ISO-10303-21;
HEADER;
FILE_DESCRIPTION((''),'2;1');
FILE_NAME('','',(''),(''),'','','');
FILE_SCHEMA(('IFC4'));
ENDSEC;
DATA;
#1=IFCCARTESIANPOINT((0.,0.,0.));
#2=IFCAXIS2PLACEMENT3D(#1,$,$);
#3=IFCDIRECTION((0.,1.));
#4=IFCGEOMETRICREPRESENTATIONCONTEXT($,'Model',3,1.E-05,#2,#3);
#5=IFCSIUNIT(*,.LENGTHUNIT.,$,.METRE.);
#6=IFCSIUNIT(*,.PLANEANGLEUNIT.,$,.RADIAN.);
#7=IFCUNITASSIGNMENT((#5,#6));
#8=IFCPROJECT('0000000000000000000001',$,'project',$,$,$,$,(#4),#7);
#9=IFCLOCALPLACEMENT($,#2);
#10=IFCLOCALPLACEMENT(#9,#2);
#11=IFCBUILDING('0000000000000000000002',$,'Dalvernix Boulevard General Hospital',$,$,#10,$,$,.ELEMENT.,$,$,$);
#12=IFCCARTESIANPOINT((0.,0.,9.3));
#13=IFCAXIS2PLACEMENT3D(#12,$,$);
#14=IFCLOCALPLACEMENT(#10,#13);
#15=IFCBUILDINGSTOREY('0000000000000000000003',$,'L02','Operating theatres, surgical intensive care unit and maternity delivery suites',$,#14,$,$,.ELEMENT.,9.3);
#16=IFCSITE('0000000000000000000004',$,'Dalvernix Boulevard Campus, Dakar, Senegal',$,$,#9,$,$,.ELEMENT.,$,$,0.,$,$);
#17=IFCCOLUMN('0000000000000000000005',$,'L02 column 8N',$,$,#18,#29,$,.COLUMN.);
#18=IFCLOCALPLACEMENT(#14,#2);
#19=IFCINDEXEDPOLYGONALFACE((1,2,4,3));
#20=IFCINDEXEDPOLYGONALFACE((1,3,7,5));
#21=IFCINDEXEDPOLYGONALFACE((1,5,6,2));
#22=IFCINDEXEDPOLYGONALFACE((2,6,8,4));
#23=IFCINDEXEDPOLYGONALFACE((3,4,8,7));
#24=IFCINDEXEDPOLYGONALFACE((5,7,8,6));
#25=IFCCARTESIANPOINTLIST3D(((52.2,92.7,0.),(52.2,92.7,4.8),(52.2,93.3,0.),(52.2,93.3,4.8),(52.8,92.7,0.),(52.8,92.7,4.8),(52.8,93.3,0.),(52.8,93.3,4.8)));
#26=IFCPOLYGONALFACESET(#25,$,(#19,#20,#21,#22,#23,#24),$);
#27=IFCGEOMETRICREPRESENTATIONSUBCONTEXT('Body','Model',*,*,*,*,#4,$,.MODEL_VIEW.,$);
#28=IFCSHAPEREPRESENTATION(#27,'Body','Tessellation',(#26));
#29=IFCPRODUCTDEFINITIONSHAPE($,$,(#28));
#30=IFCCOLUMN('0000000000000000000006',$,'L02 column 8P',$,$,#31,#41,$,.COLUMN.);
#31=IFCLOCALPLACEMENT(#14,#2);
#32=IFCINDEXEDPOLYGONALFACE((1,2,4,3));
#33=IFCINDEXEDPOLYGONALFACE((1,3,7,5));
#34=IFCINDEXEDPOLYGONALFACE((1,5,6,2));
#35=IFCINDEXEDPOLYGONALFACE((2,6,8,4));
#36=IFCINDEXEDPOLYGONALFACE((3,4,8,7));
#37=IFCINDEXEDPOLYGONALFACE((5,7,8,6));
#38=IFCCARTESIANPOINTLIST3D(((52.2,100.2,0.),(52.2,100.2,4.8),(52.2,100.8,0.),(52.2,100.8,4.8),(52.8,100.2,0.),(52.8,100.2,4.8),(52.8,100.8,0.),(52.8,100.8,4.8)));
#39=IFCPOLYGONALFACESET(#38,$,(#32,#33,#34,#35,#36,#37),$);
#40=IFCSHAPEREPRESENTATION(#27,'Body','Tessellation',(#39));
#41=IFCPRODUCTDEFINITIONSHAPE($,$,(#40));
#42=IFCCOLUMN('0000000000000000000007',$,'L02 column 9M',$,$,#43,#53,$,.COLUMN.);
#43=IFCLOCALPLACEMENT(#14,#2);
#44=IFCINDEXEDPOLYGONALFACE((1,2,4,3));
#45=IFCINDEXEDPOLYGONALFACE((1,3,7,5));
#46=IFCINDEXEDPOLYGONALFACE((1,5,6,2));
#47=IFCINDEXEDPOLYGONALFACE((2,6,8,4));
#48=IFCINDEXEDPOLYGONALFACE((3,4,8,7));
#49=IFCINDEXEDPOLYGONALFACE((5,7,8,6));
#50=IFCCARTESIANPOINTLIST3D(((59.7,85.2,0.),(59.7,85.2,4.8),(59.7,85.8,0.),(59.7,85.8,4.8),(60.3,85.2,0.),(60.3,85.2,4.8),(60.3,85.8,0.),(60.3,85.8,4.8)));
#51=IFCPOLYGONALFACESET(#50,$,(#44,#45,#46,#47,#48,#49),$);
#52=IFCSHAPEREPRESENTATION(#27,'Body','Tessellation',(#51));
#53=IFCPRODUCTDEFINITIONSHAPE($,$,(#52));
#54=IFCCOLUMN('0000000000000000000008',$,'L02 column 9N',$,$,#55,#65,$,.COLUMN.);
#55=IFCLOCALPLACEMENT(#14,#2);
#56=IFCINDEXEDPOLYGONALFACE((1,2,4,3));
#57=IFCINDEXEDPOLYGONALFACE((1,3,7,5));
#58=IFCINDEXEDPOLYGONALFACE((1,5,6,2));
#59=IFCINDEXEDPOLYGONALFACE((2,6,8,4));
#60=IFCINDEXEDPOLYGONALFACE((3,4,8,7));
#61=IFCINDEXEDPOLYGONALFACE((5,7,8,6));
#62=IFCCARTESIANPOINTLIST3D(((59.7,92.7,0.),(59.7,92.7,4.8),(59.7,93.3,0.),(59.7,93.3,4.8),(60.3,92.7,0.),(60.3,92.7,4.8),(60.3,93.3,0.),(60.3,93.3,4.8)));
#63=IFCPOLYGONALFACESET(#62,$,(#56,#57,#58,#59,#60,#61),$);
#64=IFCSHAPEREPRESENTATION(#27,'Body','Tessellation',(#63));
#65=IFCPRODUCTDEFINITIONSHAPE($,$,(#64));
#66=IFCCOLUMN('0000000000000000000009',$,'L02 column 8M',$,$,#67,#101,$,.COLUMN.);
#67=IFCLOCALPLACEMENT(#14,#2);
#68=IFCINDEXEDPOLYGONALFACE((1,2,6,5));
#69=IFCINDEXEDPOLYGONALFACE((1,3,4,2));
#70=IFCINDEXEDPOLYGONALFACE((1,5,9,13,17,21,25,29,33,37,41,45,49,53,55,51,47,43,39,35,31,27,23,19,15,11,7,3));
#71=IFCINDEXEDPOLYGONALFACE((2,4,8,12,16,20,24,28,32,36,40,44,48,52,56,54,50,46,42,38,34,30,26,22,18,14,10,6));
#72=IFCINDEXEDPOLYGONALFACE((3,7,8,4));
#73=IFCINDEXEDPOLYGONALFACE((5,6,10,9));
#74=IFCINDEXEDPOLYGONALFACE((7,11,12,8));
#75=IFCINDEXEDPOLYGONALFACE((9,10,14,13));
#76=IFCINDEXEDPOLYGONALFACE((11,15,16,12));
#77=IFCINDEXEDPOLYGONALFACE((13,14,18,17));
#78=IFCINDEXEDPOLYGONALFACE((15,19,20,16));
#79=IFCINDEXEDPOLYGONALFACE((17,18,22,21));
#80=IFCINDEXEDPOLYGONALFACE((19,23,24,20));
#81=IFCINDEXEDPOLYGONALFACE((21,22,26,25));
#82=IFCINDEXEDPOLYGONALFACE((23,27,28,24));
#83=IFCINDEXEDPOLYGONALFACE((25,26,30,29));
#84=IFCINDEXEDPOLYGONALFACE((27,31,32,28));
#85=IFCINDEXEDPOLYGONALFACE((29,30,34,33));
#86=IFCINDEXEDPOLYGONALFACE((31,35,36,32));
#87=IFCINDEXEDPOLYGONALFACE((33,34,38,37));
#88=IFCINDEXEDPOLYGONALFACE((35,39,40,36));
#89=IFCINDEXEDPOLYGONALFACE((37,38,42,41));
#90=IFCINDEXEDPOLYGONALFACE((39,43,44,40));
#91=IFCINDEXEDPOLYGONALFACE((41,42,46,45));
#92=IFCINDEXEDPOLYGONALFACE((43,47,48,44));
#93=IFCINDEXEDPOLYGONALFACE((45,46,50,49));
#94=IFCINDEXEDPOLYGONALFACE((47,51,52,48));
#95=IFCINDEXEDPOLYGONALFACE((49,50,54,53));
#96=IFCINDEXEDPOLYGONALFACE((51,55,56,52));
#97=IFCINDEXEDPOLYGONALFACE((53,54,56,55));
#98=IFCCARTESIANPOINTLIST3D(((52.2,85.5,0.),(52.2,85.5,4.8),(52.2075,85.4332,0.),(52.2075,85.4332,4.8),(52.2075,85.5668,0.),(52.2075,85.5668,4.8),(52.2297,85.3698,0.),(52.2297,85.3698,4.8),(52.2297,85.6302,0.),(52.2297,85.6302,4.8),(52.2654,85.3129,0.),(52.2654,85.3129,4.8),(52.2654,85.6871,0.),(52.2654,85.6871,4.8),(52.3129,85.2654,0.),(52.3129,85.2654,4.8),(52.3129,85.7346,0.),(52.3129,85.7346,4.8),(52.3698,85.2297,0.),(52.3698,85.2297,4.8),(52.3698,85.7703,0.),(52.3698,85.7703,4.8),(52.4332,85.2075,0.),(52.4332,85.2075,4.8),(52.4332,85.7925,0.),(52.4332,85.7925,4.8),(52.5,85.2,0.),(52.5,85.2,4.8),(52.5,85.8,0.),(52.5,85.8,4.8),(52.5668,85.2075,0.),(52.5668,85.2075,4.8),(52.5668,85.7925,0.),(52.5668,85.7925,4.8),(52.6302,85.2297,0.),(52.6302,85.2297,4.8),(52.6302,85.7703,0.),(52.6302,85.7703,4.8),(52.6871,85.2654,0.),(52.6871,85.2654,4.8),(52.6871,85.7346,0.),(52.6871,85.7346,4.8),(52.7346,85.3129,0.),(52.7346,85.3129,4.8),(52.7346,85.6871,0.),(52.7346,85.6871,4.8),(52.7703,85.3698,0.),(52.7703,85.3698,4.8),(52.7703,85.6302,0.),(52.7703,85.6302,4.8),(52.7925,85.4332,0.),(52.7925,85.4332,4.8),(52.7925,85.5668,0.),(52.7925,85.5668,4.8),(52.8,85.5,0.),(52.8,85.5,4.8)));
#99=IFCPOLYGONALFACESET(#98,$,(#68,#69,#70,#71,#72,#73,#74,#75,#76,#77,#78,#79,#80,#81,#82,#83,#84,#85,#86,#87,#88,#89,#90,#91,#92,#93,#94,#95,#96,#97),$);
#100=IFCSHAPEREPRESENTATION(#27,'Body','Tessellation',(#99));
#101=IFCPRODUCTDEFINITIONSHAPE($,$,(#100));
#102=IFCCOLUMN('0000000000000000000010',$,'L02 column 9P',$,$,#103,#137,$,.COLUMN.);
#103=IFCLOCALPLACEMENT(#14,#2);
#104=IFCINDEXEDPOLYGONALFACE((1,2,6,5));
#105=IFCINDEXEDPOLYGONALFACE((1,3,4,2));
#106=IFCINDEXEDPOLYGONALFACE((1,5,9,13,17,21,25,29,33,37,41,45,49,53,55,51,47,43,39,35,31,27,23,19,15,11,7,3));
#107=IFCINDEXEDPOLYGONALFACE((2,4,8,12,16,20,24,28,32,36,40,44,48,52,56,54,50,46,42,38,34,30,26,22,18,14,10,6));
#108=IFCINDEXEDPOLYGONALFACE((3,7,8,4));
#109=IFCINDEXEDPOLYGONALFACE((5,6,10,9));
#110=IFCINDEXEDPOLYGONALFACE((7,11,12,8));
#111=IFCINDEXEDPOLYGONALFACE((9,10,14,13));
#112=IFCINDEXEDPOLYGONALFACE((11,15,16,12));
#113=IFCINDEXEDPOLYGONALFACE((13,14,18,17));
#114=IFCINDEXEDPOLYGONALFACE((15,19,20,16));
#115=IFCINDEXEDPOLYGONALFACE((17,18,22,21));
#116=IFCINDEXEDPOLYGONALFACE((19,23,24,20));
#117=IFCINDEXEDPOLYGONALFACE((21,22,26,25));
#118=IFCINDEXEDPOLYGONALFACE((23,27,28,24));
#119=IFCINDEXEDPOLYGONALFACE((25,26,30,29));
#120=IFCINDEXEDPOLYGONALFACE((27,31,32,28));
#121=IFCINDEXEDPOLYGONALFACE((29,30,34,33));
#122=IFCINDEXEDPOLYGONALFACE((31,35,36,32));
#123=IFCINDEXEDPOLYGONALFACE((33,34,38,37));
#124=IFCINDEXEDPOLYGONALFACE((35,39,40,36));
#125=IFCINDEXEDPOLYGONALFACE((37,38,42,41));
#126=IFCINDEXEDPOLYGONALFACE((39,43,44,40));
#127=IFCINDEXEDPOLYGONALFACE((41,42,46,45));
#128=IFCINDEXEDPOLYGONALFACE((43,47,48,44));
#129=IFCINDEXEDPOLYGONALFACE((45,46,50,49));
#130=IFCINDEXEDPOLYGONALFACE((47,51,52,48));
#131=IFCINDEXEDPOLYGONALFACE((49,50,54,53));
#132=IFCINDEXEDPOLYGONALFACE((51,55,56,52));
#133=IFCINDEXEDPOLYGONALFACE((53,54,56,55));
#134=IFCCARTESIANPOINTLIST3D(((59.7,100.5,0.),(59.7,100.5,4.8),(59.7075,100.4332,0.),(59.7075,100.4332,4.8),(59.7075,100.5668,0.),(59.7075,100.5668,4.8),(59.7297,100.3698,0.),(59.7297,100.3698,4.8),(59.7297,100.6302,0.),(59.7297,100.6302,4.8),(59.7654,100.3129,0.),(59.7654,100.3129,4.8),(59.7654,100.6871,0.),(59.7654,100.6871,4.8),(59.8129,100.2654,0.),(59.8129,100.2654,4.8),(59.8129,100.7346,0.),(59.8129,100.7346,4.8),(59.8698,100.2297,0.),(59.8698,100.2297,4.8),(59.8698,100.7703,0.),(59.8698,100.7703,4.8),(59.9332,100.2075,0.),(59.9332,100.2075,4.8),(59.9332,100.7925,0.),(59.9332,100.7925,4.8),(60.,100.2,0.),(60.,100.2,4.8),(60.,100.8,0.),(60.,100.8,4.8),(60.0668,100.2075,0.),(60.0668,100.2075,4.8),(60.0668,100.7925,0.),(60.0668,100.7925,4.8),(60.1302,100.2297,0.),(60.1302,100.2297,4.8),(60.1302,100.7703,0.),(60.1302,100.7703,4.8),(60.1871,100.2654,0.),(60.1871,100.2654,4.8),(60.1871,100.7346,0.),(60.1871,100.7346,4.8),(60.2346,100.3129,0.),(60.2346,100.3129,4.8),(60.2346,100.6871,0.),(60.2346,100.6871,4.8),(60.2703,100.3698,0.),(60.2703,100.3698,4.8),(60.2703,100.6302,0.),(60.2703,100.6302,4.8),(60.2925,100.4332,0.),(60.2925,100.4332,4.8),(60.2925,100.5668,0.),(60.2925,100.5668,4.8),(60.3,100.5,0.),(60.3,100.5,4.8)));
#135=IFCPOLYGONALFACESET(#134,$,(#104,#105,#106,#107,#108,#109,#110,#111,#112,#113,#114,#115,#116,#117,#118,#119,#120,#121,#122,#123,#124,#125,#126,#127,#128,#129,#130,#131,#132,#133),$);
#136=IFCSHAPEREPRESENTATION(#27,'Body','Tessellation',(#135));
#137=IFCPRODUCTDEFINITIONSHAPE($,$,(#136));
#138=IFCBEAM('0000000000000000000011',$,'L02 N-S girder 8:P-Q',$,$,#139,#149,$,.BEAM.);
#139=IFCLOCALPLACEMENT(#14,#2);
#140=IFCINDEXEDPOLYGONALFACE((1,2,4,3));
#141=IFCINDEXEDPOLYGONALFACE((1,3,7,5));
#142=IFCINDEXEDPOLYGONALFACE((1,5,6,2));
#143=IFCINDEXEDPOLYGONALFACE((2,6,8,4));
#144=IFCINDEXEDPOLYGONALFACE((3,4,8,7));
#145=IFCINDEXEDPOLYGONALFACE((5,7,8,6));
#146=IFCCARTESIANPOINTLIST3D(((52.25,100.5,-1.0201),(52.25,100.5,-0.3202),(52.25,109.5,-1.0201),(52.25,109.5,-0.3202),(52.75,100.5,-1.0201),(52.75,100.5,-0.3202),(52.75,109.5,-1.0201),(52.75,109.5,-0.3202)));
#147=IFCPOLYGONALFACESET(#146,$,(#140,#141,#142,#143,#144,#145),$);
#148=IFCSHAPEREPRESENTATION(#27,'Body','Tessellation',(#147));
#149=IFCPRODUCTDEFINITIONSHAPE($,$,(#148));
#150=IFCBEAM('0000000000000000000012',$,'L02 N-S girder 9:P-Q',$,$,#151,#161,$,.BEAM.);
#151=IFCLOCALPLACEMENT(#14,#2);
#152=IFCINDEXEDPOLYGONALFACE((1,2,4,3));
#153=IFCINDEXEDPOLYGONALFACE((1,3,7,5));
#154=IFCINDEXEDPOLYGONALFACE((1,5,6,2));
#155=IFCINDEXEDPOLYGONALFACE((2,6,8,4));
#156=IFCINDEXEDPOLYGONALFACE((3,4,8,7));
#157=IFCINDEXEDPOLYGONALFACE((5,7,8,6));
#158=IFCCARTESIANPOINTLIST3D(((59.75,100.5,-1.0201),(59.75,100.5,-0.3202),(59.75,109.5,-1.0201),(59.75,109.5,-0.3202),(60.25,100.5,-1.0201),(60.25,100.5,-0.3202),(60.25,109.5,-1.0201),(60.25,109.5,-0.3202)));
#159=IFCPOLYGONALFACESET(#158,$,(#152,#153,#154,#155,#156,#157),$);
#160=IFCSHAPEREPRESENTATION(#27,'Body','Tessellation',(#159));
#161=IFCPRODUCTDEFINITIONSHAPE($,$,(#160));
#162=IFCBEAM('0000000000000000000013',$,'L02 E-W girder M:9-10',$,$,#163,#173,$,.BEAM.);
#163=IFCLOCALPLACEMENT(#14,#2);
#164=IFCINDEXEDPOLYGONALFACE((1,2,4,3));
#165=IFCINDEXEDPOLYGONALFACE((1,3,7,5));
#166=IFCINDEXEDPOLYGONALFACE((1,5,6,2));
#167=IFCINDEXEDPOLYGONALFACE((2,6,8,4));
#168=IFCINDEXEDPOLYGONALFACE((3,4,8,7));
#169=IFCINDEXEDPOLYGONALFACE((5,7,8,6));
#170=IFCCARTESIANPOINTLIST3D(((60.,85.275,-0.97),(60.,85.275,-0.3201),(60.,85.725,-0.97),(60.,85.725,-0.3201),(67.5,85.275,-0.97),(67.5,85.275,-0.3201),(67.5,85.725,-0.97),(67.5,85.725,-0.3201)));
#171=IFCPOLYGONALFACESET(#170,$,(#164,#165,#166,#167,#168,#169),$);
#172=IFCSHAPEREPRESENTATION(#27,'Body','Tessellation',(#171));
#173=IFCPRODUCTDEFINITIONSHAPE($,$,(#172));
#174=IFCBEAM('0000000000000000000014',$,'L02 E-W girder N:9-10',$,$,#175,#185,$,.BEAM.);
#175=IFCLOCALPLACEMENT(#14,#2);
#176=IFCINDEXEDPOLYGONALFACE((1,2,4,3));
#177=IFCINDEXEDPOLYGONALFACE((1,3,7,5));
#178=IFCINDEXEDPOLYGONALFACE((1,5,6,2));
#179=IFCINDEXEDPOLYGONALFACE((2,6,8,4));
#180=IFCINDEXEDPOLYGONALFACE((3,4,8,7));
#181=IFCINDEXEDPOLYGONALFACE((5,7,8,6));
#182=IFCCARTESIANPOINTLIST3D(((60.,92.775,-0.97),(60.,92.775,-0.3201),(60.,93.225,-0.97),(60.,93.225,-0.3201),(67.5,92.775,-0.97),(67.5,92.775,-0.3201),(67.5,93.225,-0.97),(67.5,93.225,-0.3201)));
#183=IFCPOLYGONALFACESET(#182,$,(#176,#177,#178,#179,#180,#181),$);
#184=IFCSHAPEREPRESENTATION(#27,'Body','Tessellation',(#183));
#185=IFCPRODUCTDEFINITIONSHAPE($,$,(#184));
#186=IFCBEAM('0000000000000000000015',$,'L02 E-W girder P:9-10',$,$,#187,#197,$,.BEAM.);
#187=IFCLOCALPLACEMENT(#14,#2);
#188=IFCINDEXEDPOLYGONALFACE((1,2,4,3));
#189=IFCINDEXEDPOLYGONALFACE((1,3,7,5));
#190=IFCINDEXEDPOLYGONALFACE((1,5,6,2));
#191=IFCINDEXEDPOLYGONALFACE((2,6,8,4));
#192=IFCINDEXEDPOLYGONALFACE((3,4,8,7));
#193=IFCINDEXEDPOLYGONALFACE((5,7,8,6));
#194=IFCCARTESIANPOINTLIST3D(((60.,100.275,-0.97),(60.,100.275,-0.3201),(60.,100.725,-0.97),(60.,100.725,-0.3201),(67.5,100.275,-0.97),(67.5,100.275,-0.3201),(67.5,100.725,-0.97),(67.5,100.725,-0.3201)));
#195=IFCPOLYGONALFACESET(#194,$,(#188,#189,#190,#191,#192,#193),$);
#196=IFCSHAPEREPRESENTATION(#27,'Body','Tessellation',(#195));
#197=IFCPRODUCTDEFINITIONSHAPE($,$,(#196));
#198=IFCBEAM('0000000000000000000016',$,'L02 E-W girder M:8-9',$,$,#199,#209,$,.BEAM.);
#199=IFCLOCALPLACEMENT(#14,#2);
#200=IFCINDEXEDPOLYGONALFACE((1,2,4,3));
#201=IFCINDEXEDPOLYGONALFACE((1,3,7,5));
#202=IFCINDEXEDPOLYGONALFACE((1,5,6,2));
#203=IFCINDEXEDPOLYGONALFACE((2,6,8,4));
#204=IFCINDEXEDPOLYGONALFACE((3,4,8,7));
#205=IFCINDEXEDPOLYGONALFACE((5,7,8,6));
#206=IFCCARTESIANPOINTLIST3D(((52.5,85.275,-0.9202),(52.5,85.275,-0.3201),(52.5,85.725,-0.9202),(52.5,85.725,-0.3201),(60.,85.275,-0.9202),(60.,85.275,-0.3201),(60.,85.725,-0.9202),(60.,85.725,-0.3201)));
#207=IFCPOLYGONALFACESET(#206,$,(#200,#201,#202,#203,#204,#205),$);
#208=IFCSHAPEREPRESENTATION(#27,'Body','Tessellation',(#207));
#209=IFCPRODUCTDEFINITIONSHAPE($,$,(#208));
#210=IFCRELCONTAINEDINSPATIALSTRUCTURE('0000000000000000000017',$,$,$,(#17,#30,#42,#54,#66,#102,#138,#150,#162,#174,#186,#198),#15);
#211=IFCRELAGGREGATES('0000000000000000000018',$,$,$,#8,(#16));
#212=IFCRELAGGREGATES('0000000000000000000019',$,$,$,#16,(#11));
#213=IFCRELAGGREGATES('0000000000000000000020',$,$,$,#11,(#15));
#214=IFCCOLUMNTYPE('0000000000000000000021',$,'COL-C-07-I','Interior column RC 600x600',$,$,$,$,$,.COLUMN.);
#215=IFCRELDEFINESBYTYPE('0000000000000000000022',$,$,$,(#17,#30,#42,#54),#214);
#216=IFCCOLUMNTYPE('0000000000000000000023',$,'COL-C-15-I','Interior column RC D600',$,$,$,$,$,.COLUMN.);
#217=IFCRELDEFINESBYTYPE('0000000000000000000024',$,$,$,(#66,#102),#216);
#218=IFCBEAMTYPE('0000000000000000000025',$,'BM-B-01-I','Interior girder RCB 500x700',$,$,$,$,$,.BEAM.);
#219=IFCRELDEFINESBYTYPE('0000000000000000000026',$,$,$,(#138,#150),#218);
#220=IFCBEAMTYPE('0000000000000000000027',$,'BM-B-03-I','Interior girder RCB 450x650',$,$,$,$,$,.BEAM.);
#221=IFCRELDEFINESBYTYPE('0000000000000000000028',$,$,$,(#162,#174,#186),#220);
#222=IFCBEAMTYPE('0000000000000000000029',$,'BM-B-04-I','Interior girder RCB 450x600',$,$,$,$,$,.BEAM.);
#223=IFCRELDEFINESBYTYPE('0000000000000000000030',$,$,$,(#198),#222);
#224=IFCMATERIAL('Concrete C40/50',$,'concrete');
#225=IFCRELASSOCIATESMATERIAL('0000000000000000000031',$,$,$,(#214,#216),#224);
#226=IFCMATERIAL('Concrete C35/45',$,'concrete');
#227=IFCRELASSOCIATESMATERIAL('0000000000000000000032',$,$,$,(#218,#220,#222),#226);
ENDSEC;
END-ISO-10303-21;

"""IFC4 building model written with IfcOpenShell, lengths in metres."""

from ifc_helpers import new_model, si_unit, direction, frame, origin, origin_2d, place, context, subcontext, project, spatial, rectangle, circle, extrude, material, material_profile, profile_set, type_object, element, save


model = new_model("IFC4")

# Units and contexts
model_context = context("Model", 3, precision=1e-05, world=origin(), true_north=direction((0.0, 1.0)))
body_context = subcontext(model_context, "Body", "Model", "MODEL_VIEW")
ifc_project = project(units=[si_unit("LENGTHUNIT", "METRE"), si_unit("PLANEANGLEUNIT", "RADIAN")], contexts=[model_context])

# Site, building, storey
site_placement = place(None, origin())
site = spatial("IfcSite", under=ifc_project, at=site_placement, Name="Dalvernix Boulevard Campus, Dakar, Senegal", CompositionType="ELEMENT", RefElevation=0.0)
building_placement = place(site_placement, origin())
building = spatial("IfcBuilding", under=site, at=building_placement, Name="Dalvernix Boulevard General Hospital", CompositionType="ELEMENT")
storey_placement = place(building_placement, frame((0.0, 0.0, 9.3)))
storey = spatial("IfcBuildingStorey", under=building, at=storey_placement, Name="L02", Description="Operating theatres, surgical intensive care unit and maternity delivery suites", CompositionType="ELEMENT", Elevation=9.3)

# Columns
ifc_material_1 = material(Name="Concrete C40/50", Category="concrete")
ifc_material_profile_1 = material_profile(ifc_material_1, rectangle(XDim=0.6001, YDim=0.6001, at=origin_2d()), Name="RC 600x600")
ifc_profile_set_1 = profile_set([ifc_material_profile_1], Name="Concrete C40/50")
column_type_1 = type_object("IfcColumnType", Name="COL-C-07-I", Description="Interior column RC 600x600", PredefinedType="COLUMN", material=ifc_profile_set_1)
for number, where, z_axis, x_axis, name in (
    (1, (52.5, 93.0, 0.0), (0.0, 0.0, 1.0), (1.0, 0.0, 0.0), "L02 column 8N"),
    (2, (52.5, 100.5, 0.0), (0.0, 0.0, 1.0), (1.0, 0.0, 0.0), "L02 column 8P"),
    (3, (60.0, 85.5, 0.0), (0.0, 0.0, 1.0), (1.0, 0.0, 0.0), "L02 column 9M"),
    (4, (60.0, 93.0, 0.0), (0.0, 0.0, 1.0), (1.0, 0.0, 0.0), "L02 column 9N"),
):
    element("IfcColumn", number, at=place(storey_placement, frame(where, z_axis=z_axis, x_axis=x_axis)), inside=storey, type_object=column_type_1, Name=name, PredefinedType="COLUMN", context=body_context, shape_type="SweptSolid", body=[
        extrude(rectangle(XDim=0.6001, YDim=0.6001, at=origin_2d()), origin(), (0.0, 0.0, 1.0), 4.8),
    ])
ifc_material_profile_2 = material_profile(ifc_material_1, circle(Radius=0.3, at=origin_2d()), Name="RC D600")
ifc_profile_set_2 = profile_set([ifc_material_profile_2], Name="Concrete C40/50")
column_type_2 = type_object("IfcColumnType", Name="COL-C-15-I", Description="Interior column RC D600", PredefinedType="COLUMN", material=ifc_profile_set_2)
for number, where, z_axis, x_axis, name in (
    (5, (52.5, 85.5, 0.0), (0.0, 0.0, 1.0), (1.0, 0.0, 0.0), "L02 column 8M"),
    (6, (60.0, 100.5, 0.0), (0.0, 0.0, 1.0), (1.0, 0.0, 0.0), "L02 column 9P"),
):
    element("IfcColumn", number, at=place(storey_placement, frame(where, z_axis=z_axis, x_axis=x_axis)), inside=storey, type_object=column_type_2, Name=name, PredefinedType="COLUMN", context=body_context, shape_type="SweptSolid", body=[
        extrude(circle(Radius=0.3, at=origin_2d()), origin(), (0.0, 0.0, 1.0), 4.8),
    ])

# Beams
ifc_material_2 = material(Name="Concrete C35/45", Category="concrete")
ifc_material_profile_3 = material_profile(ifc_material_2, rectangle(XDim=0.5, YDim=0.7, at=origin_2d()), Name="RCB 500x700")
ifc_profile_set_3 = profile_set([ifc_material_profile_3], Name="Concrete C35/45")
beam_type_1 = type_object("IfcBeamType", Name="BM-B-01-I", Description="Interior girder RCB 500x700", PredefinedType="BEAM", material=ifc_profile_set_3)
for number, where, z_axis, x_axis, name in (
    (7, (52.5, 100.5, -0.6702), (0.0, 1.0, 0.0), (-1.0, 0.0, 0.0), "L02 N-S girder 8:P-Q"),
    (8, (60.0, 100.5, -0.6702), (0.0, 1.0, 0.0), (-1.0, 0.0, 0.0), "L02 N-S girder 9:P-Q"),
):
    element("IfcBeam", number, at=place(storey_placement, frame(where, z_axis=z_axis, x_axis=x_axis)), inside=storey, type_object=beam_type_1, Name=name, PredefinedType="BEAM", context=body_context, shape_type="SweptSolid", body=[
        extrude(rectangle(XDim=0.5, YDim=0.7, at=origin_2d()), origin(), (0.0, 0.0, 1.0), 9.0),
    ])
ifc_material_profile_4 = material_profile(ifc_material_2, rectangle(XDim=0.45, YDim=0.6499, at=origin_2d()), Name="RCB 450x650")
ifc_profile_set_4 = profile_set([ifc_material_profile_4], Name="Concrete C35/45")
beam_type_2 = type_object("IfcBeamType", Name="BM-B-03-I", Description="Interior girder RCB 450x650", PredefinedType="BEAM", material=ifc_profile_set_4)
for number, where, z_axis, x_axis, name in (
    (9, (60.0, 85.5, -0.645), (1.0, 0.0, 0.0), (0.0, 1.0, 0.0), "L02 E-W girder M:9-10"),
    (10, (60.0, 93.0, -0.645), (1.0, 0.0, 0.0), (0.0, 1.0, 0.0), "L02 E-W girder N:9-10"),
    (11, (60.0, 100.5, -0.645), (1.0, 0.0, 0.0), (0.0, 1.0, 0.0), "L02 E-W girder P:9-10"),
):
    element("IfcBeam", number, at=place(storey_placement, frame(where, z_axis=z_axis, x_axis=x_axis)), inside=storey, type_object=beam_type_2, Name=name, PredefinedType="BEAM", context=body_context, shape_type="SweptSolid", body=[
        extrude(rectangle(XDim=0.45, YDim=0.6499, at=origin_2d()), origin(), (0.0, 0.0, 1.0), 7.5),
    ])
ifc_material_profile_5 = material_profile(ifc_material_2, rectangle(XDim=0.45, YDim=0.6001, at=origin_2d()), Name="RCB 450x600")
ifc_profile_set_5 = profile_set([ifc_material_profile_5], Name="Concrete C35/45")
beam_type_3 = type_object("IfcBeamType", Name="BM-B-04-I", Description="Interior girder RCB 450x600", PredefinedType="BEAM", material=ifc_profile_set_5)
for number, where, z_axis, x_axis, name in (
    (12, (52.5, 85.5, -0.6201), (1.0, 0.0, 0.0), (0.0, 1.0, 0.0), "L02 E-W girder M:8-9"),
):
    element("IfcBeam", number, at=place(storey_placement, frame(where, z_axis=z_axis, x_axis=x_axis)), inside=storey, type_object=beam_type_3, Name=name, PredefinedType="BEAM", context=body_context, shape_type="SweptSolid", body=[
        extrude(rectangle(XDim=0.45, YDim=0.6001, at=origin_2d()), origin(), (0.0, 0.0, 1.0), 7.5),
    ])

save(model, "model.ifc")
